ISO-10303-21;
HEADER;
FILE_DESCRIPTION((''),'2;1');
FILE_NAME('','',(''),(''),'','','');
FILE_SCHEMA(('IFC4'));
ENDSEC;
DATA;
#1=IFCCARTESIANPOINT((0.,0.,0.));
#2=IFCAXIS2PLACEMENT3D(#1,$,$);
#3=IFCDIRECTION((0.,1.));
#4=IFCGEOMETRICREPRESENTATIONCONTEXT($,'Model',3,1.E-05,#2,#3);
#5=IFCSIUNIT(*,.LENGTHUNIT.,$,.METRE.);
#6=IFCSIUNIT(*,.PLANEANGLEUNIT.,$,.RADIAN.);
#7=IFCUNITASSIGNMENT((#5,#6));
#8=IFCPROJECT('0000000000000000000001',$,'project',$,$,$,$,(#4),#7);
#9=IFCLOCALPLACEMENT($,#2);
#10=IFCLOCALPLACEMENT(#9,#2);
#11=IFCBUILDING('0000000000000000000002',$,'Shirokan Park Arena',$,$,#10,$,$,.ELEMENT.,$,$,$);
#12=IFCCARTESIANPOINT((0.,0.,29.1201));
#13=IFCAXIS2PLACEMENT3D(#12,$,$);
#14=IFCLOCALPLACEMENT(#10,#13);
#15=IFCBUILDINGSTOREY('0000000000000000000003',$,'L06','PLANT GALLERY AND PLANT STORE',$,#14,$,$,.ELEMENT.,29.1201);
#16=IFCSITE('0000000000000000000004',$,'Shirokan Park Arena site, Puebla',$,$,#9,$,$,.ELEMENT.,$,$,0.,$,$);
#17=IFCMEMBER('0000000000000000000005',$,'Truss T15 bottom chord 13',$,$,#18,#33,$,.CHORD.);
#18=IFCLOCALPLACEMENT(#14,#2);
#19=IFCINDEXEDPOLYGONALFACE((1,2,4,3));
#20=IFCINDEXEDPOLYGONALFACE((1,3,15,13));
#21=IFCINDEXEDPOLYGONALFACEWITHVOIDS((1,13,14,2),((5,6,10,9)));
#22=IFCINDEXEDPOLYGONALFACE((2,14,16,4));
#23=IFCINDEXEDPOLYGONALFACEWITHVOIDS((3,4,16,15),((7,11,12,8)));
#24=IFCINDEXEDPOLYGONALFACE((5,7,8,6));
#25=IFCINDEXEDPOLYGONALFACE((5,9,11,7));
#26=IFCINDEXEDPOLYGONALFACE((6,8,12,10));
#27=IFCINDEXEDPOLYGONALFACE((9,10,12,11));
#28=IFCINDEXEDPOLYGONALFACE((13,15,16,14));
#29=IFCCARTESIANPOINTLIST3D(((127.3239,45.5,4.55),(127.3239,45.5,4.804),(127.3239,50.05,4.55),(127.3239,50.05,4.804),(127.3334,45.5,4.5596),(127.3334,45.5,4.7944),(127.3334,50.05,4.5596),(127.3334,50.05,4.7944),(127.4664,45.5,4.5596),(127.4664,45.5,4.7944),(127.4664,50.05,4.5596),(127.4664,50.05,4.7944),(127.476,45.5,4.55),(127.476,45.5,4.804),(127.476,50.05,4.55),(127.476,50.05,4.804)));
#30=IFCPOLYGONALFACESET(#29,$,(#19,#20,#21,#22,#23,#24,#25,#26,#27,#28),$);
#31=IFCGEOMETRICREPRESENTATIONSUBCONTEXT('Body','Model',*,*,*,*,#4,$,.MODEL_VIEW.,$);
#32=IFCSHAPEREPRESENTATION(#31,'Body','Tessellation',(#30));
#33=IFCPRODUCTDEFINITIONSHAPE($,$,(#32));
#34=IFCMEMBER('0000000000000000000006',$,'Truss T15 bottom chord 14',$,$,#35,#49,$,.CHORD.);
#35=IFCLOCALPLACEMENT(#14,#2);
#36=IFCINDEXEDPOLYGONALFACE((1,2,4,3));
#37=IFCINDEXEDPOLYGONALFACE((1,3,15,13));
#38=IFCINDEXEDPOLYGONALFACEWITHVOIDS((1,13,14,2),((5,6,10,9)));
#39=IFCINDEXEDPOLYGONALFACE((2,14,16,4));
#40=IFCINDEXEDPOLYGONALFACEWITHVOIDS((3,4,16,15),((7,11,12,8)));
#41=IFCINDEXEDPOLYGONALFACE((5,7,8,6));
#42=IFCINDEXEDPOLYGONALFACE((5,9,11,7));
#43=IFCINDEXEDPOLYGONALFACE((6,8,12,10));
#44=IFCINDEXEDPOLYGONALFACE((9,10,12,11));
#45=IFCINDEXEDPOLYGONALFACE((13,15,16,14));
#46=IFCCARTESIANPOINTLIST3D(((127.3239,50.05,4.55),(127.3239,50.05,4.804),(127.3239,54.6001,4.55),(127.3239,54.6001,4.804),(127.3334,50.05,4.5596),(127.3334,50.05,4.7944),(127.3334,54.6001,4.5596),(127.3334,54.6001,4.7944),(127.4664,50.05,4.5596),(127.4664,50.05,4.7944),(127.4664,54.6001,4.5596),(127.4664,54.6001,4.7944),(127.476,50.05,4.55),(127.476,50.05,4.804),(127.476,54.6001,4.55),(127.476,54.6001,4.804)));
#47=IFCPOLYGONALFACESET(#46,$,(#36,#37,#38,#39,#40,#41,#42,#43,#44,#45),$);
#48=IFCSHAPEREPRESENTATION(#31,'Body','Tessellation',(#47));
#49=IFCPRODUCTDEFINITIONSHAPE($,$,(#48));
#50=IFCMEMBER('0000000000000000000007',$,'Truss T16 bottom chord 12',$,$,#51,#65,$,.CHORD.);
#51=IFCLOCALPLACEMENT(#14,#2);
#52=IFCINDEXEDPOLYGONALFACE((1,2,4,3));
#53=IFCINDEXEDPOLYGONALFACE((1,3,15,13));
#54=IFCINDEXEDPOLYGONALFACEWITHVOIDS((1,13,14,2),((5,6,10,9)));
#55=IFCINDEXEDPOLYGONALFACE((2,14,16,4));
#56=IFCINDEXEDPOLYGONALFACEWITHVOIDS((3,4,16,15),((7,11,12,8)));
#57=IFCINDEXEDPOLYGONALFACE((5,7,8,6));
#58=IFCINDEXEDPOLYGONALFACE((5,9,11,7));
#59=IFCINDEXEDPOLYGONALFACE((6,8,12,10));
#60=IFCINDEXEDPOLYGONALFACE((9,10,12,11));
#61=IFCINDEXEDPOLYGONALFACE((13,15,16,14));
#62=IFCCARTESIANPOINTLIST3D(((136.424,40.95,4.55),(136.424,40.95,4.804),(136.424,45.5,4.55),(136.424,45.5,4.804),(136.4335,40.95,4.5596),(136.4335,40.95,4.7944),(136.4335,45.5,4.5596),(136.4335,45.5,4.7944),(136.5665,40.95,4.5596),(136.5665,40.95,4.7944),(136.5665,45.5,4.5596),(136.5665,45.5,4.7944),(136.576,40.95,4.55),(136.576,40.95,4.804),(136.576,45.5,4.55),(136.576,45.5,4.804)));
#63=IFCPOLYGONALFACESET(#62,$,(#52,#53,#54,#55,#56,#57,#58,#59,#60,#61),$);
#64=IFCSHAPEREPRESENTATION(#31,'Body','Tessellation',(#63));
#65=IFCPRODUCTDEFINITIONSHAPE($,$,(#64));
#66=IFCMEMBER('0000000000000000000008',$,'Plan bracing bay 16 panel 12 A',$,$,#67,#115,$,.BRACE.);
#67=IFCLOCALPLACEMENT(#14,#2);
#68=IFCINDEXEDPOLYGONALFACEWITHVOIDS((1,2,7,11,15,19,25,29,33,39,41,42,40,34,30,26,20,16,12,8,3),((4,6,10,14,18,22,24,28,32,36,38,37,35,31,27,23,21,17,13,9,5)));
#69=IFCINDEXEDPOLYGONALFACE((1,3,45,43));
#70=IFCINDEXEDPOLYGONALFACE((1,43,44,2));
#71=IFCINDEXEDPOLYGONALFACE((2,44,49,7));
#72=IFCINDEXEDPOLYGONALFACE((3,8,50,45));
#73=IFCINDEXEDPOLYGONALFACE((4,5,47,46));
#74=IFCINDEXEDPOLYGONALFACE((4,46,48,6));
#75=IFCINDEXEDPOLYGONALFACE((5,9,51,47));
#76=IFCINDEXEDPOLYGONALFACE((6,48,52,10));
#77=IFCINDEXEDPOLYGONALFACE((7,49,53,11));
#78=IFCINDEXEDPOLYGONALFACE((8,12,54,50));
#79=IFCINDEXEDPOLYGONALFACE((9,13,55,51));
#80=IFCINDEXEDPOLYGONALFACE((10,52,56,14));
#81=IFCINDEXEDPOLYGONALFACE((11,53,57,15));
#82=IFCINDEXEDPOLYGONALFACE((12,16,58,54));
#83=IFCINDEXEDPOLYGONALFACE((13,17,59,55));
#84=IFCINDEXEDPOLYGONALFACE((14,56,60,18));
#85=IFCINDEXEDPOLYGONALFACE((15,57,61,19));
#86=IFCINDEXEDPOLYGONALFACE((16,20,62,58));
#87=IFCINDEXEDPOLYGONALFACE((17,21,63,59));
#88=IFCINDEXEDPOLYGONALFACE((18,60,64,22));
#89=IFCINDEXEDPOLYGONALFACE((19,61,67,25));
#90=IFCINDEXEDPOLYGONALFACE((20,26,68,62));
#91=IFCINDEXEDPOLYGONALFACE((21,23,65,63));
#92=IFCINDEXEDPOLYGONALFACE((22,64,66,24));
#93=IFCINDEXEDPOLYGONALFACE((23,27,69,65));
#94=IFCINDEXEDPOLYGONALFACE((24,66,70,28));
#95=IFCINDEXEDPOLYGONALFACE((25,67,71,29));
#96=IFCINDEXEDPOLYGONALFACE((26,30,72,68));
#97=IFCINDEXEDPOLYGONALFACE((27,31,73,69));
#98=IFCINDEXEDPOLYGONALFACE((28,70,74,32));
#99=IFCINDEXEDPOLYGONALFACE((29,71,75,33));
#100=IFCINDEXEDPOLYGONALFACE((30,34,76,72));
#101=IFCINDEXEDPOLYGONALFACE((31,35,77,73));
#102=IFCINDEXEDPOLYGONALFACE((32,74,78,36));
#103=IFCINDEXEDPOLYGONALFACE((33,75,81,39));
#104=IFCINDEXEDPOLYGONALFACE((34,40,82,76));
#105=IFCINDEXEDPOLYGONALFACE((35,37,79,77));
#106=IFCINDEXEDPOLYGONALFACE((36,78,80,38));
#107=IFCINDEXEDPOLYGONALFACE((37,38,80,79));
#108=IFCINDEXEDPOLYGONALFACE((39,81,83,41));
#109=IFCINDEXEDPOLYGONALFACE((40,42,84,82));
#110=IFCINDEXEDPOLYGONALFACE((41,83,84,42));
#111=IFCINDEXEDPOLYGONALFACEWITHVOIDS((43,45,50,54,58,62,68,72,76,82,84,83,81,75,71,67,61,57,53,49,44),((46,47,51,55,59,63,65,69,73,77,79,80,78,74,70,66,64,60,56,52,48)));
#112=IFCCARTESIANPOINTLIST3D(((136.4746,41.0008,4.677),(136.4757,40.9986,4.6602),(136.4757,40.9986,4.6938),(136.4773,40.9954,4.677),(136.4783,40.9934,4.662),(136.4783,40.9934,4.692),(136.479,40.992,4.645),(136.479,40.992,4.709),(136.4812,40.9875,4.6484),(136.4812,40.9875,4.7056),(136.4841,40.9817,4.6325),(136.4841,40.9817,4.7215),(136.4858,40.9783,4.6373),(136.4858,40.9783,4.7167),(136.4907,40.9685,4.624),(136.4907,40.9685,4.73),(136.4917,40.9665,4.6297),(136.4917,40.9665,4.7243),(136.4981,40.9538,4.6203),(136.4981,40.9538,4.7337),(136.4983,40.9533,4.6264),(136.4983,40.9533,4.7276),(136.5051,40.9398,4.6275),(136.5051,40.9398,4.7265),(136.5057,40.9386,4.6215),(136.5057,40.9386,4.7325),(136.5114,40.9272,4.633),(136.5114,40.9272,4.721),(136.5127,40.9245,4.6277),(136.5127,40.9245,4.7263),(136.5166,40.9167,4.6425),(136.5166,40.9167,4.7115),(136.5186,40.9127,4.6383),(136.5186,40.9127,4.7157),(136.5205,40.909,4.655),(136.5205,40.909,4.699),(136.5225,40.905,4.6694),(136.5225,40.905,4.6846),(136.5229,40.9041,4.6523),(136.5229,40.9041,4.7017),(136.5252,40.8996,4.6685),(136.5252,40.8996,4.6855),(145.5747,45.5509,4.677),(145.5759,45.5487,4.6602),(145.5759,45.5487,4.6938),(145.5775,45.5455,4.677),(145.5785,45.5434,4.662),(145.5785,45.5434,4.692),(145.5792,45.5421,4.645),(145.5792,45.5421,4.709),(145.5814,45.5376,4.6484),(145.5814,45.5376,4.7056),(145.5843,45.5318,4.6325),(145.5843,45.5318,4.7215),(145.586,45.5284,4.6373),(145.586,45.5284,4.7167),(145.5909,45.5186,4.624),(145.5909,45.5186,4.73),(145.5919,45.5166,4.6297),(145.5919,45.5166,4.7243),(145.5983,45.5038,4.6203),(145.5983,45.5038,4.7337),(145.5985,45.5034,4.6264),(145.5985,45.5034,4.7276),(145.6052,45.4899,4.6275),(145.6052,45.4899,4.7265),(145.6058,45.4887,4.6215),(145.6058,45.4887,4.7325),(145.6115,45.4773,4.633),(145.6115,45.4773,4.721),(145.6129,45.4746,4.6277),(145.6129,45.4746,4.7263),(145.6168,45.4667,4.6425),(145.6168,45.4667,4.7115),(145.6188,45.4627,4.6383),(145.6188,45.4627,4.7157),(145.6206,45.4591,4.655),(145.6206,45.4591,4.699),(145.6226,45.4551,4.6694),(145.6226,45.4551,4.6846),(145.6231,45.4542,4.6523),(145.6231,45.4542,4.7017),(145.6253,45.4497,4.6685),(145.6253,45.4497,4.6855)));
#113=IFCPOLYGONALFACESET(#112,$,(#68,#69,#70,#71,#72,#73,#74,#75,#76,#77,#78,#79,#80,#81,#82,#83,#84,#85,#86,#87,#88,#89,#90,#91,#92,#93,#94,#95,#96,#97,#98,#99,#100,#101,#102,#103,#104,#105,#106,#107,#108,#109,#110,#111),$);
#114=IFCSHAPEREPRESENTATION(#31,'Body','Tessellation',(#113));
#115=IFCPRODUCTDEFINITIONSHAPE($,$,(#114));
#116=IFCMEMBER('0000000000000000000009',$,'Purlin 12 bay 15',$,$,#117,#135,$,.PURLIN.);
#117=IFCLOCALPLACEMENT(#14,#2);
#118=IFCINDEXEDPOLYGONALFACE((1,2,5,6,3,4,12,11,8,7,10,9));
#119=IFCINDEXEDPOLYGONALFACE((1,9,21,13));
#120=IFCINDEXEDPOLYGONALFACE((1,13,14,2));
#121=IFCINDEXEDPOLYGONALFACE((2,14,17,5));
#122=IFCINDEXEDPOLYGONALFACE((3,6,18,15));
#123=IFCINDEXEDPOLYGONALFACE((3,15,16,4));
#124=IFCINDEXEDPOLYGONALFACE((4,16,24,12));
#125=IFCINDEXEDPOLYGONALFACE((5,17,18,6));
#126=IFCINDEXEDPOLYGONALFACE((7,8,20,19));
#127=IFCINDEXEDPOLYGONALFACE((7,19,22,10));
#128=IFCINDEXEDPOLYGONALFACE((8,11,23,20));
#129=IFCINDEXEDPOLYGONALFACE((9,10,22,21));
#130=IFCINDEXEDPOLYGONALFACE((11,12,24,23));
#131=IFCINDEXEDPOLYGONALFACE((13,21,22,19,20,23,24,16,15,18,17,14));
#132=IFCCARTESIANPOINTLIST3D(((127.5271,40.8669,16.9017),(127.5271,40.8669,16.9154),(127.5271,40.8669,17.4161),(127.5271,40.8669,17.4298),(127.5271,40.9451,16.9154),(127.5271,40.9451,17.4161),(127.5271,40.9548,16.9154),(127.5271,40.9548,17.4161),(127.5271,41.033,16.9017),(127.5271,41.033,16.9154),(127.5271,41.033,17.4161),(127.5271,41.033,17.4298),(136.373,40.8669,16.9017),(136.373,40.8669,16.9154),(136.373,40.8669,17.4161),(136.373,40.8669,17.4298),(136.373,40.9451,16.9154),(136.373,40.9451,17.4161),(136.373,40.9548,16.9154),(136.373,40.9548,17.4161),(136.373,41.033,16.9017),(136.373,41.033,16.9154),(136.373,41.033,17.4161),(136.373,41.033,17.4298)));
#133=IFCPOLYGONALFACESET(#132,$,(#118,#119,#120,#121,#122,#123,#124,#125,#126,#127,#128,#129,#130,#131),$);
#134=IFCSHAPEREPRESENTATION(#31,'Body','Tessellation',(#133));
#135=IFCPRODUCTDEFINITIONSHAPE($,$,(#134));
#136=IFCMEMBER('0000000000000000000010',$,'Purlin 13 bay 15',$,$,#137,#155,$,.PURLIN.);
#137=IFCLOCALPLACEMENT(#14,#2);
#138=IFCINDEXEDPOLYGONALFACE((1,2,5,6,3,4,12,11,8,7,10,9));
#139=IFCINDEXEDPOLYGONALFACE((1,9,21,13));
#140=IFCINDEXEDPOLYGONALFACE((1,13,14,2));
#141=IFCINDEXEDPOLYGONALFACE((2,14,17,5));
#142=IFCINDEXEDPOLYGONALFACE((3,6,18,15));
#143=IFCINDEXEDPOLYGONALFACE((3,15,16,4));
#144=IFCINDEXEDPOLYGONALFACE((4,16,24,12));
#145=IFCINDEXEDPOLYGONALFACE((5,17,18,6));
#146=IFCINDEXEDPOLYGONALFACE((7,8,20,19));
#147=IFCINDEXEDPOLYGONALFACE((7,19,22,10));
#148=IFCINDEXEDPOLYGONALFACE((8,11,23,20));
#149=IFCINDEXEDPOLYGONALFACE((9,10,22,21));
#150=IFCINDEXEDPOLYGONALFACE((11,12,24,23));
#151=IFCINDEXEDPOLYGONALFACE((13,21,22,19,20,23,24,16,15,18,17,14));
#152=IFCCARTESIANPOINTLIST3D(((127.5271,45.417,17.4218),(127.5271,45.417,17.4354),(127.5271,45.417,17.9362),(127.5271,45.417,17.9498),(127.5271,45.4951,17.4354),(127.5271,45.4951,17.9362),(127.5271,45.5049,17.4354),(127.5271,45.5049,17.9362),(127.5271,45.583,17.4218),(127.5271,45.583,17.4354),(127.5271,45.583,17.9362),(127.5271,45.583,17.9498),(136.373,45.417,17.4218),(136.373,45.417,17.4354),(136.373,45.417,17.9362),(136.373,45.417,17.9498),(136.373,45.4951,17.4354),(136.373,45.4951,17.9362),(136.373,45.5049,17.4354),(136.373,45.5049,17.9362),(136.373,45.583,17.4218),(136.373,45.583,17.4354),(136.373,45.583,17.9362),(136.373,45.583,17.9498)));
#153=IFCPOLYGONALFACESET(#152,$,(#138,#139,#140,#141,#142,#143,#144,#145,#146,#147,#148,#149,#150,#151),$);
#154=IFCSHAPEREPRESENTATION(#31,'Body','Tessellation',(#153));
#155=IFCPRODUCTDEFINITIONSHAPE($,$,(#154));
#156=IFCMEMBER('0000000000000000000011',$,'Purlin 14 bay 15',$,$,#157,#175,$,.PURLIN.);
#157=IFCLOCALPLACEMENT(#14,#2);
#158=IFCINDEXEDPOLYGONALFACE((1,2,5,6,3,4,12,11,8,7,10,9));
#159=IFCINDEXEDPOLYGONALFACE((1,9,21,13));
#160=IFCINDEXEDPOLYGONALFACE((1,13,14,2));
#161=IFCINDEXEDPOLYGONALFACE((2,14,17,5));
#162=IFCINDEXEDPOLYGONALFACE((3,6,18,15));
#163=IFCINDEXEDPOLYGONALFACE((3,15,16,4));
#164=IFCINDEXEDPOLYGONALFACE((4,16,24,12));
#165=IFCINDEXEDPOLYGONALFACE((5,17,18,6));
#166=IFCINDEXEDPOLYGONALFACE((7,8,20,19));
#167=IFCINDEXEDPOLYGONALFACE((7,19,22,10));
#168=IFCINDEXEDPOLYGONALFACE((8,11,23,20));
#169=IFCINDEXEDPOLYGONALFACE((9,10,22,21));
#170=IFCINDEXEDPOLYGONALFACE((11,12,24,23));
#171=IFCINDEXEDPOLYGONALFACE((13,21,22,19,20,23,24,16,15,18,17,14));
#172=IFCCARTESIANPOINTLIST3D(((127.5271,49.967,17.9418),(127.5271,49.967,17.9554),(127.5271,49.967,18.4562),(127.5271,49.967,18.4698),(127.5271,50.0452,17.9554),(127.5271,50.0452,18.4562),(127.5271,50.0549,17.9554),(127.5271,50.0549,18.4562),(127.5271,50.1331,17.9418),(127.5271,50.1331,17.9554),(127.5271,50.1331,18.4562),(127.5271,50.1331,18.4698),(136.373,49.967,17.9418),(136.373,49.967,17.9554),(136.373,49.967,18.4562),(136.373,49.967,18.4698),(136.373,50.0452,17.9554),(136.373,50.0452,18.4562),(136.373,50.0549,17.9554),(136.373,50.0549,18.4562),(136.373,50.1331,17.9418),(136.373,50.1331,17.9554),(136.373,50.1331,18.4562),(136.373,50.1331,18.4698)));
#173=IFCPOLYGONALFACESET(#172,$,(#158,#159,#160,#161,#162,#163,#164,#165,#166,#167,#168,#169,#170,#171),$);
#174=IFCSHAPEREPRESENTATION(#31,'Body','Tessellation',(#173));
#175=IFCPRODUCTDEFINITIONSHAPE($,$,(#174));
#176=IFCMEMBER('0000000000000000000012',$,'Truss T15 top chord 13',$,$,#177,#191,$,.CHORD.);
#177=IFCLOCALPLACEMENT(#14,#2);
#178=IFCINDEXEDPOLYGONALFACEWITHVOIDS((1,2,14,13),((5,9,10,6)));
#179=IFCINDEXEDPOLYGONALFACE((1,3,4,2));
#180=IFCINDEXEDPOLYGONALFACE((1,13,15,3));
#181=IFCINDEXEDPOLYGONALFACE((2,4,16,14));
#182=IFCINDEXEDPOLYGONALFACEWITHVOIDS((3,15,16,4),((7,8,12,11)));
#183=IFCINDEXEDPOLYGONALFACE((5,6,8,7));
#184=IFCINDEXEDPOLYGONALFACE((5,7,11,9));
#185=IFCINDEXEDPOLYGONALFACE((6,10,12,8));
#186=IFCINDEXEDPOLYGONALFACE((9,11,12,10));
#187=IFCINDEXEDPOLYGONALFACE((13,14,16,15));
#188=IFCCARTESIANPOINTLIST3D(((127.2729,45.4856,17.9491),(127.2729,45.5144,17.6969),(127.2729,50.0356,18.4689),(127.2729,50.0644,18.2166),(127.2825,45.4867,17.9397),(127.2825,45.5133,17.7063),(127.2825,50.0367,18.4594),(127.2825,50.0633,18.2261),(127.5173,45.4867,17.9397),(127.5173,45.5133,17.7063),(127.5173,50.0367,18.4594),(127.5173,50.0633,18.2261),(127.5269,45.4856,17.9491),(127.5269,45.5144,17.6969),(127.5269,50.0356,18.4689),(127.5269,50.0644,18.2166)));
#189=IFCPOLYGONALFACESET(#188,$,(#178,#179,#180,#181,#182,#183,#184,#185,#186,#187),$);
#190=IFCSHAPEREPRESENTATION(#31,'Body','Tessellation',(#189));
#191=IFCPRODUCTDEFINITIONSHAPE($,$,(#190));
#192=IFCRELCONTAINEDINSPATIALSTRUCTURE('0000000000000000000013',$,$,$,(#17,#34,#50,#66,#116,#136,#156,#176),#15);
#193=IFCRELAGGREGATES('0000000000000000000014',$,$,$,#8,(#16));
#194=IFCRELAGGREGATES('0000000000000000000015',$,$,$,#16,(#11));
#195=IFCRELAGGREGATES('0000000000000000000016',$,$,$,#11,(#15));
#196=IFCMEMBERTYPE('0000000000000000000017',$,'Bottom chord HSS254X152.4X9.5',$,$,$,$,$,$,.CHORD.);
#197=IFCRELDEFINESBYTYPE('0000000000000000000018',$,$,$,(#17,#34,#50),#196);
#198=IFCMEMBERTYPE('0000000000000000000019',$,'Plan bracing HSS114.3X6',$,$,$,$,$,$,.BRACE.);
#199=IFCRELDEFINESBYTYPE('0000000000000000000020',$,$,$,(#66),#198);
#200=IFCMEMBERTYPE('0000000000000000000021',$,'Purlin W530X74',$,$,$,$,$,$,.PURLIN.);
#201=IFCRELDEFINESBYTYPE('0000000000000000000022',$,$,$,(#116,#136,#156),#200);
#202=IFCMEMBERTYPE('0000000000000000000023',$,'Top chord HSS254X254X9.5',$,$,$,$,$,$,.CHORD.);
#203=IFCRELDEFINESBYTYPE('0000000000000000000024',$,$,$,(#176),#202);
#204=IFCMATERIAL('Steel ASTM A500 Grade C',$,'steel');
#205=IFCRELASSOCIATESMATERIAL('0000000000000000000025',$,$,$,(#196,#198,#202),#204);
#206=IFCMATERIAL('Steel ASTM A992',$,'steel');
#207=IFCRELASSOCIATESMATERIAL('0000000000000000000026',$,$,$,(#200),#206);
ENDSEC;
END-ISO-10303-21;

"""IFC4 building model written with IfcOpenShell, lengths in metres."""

from ifc_helpers import new_model, si_unit, direction, frame, origin, origin_2d, place, context, subcontext, project, spatial, hollow_rectangle, hollow_circle, i_section, extrude, material, material_profile, profile_set, type_object, element, save


model = new_model("IFC4")

# Units and contexts
model_context = context("Model", 3, precision=1e-05, world=origin(), true_north=direction((0.0, 1.0)))
body_context = subcontext(model_context, "Body", "Model", "MODEL_VIEW")
ifc_project = project(units=[si_unit("LENGTHUNIT", "METRE"), si_unit("PLANEANGLEUNIT", "RADIAN")], contexts=[model_context])

# Site, building, storey
site_placement = place(None, origin())
site = spatial("IfcSite", under=ifc_project, at=site_placement, Name="Shirokan Park Arena site, Puebla", CompositionType="ELEMENT", RefElevation=0.0)
building_placement = place(site_placement, origin())
building = spatial("IfcBuilding", under=site, at=building_placement, Name="Shirokan Park Arena", CompositionType="ELEMENT")
storey_placement = place(building_placement, frame((0.0, 0.0, 29.1201)))
storey = spatial("IfcBuildingStorey", under=building, at=storey_placement, Name="L06", Description="PLANT GALLERY AND PLANT STORE", CompositionType="ELEMENT", Elevation=29.1201)

# Members
ifc_material_1 = material(Name="Steel ASTM A500 Grade C", Category="steel")
ifc_material_profile_1 = material_profile(ifc_material_1, hollow_rectangle(XDim=0.1521, YDim=0.2539, WallThickness=0.0095, at=origin_2d()), Name="HSS254X152.4X9.5")
ifc_profile_set_1 = profile_set([ifc_material_profile_1], Name="Steel ASTM A500 Grade C")
member_type_1 = type_object("IfcMemberType", Name="Bottom chord HSS254X152.4X9.5", PredefinedType="CHORD", material=ifc_profile_set_1)
for number, where, z_axis, x_axis, name in (
    (1, (127.3999, 45.5, 4.677), (0.0, 1.0, 0.0), (-1.0, 0.0, 0.0), "Truss T15 bottom chord 13"),
    (2, (127.3999, 50.05, 4.677), (0.0, 1.0, 0.0), (-1.0, 0.0, 0.0), "Truss T15 bottom chord 14"),
    (3, (136.5, 40.95, 4.677), (0.0, 1.0, 0.0), (-1.0, 0.0, 0.0), "Truss T16 bottom chord 12"),
):
    element("IfcMember", number, at=place(storey_placement, frame(where, z_axis=z_axis, x_axis=x_axis)), inside=storey, type_object=member_type_1, Name=name, PredefinedType="CHORD", context=body_context, shape_type="SweptSolid", body=[
        extrude(hollow_rectangle(XDim=0.1521, YDim=0.2539, WallThickness=0.0095, at=origin_2d()), origin(), (0.0, 0.0, 1.0), 4.55),
    ])
ifc_material_profile_2 = material_profile(ifc_material_1, hollow_circle(Radius=0.0569, WallThickness=0.0061, at=origin_2d()), Name="HSS114.3X6")
ifc_profile_set_2 = profile_set([ifc_material_profile_2], Name="Steel ASTM A500 Grade C")
member_type_2 = type_object("IfcMemberType", Name="Plan bracing HSS114.3X6", PredefinedType="BRACE", material=ifc_profile_set_2)
member_1_placement = place(storey_placement, frame((136.5, 40.95, 4.677), z_axis=(0.894427, 0.447214, 0.0), x_axis=(-0.447214, 0.894427, 0.0)))
element("IfcMember", 4, at=member_1_placement, inside=storey, type_object=member_type_2, Name="Plan bracing bay 16 panel 12 A", PredefinedType="BRACE", context=body_context, shape_type="SweptSolid", body=[
    extrude(hollow_circle(Radius=0.0569, WallThickness=0.0061, at=origin_2d()), origin(), (0.0, 0.0, 1.0), 10.1743),
])
ifc_material_2 = material(Name="Steel ASTM A992", Category="steel")
ifc_material_profile_3 = material_profile(ifc_material_2, i_section(OverallWidth=0.166, OverallDepth=0.5281, WebThickness=0.0098, FlangeThickness=0.0137, at=origin_2d()), Name="W530X74")
ifc_profile_set_3 = profile_set([ifc_material_profile_3], Name="Steel ASTM A992")
member_type_3 = type_object("IfcMemberType", Name="Purlin W530X74", PredefinedType="PURLIN", material=ifc_profile_set_3)
for number, where, z_axis, x_axis, name in (
    (5, (127.5271, 40.95, 17.1658), (1.0, 0.0, 0.0), (0.0, 1.0, 0.0), "Purlin 12 bay 15"),
    (6, (127.5271, 45.5, 17.6858), (1.0, 0.0, 0.0), (0.0, 1.0, 0.0), "Purlin 13 bay 15"),
    (7, (127.5271, 50.05, 18.2058), (1.0, 0.0, 0.0), (0.0, 1.0, 0.0), "Purlin 14 bay 15"),
):
    element("IfcMember", number, at=place(storey_placement, frame(where, z_axis=z_axis, x_axis=x_axis)), inside=storey, type_object=member_type_3, Name=name, PredefinedType="PURLIN", context=body_context, shape_type="SweptSolid", body=[
        extrude(i_section(OverallWidth=0.166, OverallDepth=0.5281, WebThickness=0.0098, FlangeThickness=0.0137, at=origin_2d()), origin(), (0.0, 0.0, 1.0), 8.8459),
    ])
ifc_material_profile_4 = material_profile(ifc_material_1, hollow_rectangle(XDim=0.2539, YDim=0.2539, WallThickness=0.0095, at=origin_2d()), Name="HSS254X254X9.5")
ifc_profile_set_4 = profile_set([ifc_material_profile_4], Name="Steel ASTM A500 Grade C")
member_type_4 = type_object("IfcMemberType", Name="Top chord HSS254X254X9.5", PredefinedType="CHORD", material=ifc_profile_set_4)
for number, where, z_axis, x_axis, name in (
    (8, (127.3999, 45.5, 17.823), (0.0, 0.993538, 0.113497), (-1.0, 0.0, 0.0), "Truss T15 top chord 13"),
):
    element("IfcMember", number, at=place(storey_placement, frame(where, z_axis=z_axis, x_axis=x_axis)), inside=storey, type_object=member_type_4, Name=name, PredefinedType="CHORD", context=body_context, shape_type="SweptSolid", body=[
        extrude(hollow_rectangle(XDim=0.2539, YDim=0.2539, WallThickness=0.0095, at=origin_2d()), origin(), (0.0, 0.0, 1.0), 4.5796),
    ])

save(model, "model.ifc")
